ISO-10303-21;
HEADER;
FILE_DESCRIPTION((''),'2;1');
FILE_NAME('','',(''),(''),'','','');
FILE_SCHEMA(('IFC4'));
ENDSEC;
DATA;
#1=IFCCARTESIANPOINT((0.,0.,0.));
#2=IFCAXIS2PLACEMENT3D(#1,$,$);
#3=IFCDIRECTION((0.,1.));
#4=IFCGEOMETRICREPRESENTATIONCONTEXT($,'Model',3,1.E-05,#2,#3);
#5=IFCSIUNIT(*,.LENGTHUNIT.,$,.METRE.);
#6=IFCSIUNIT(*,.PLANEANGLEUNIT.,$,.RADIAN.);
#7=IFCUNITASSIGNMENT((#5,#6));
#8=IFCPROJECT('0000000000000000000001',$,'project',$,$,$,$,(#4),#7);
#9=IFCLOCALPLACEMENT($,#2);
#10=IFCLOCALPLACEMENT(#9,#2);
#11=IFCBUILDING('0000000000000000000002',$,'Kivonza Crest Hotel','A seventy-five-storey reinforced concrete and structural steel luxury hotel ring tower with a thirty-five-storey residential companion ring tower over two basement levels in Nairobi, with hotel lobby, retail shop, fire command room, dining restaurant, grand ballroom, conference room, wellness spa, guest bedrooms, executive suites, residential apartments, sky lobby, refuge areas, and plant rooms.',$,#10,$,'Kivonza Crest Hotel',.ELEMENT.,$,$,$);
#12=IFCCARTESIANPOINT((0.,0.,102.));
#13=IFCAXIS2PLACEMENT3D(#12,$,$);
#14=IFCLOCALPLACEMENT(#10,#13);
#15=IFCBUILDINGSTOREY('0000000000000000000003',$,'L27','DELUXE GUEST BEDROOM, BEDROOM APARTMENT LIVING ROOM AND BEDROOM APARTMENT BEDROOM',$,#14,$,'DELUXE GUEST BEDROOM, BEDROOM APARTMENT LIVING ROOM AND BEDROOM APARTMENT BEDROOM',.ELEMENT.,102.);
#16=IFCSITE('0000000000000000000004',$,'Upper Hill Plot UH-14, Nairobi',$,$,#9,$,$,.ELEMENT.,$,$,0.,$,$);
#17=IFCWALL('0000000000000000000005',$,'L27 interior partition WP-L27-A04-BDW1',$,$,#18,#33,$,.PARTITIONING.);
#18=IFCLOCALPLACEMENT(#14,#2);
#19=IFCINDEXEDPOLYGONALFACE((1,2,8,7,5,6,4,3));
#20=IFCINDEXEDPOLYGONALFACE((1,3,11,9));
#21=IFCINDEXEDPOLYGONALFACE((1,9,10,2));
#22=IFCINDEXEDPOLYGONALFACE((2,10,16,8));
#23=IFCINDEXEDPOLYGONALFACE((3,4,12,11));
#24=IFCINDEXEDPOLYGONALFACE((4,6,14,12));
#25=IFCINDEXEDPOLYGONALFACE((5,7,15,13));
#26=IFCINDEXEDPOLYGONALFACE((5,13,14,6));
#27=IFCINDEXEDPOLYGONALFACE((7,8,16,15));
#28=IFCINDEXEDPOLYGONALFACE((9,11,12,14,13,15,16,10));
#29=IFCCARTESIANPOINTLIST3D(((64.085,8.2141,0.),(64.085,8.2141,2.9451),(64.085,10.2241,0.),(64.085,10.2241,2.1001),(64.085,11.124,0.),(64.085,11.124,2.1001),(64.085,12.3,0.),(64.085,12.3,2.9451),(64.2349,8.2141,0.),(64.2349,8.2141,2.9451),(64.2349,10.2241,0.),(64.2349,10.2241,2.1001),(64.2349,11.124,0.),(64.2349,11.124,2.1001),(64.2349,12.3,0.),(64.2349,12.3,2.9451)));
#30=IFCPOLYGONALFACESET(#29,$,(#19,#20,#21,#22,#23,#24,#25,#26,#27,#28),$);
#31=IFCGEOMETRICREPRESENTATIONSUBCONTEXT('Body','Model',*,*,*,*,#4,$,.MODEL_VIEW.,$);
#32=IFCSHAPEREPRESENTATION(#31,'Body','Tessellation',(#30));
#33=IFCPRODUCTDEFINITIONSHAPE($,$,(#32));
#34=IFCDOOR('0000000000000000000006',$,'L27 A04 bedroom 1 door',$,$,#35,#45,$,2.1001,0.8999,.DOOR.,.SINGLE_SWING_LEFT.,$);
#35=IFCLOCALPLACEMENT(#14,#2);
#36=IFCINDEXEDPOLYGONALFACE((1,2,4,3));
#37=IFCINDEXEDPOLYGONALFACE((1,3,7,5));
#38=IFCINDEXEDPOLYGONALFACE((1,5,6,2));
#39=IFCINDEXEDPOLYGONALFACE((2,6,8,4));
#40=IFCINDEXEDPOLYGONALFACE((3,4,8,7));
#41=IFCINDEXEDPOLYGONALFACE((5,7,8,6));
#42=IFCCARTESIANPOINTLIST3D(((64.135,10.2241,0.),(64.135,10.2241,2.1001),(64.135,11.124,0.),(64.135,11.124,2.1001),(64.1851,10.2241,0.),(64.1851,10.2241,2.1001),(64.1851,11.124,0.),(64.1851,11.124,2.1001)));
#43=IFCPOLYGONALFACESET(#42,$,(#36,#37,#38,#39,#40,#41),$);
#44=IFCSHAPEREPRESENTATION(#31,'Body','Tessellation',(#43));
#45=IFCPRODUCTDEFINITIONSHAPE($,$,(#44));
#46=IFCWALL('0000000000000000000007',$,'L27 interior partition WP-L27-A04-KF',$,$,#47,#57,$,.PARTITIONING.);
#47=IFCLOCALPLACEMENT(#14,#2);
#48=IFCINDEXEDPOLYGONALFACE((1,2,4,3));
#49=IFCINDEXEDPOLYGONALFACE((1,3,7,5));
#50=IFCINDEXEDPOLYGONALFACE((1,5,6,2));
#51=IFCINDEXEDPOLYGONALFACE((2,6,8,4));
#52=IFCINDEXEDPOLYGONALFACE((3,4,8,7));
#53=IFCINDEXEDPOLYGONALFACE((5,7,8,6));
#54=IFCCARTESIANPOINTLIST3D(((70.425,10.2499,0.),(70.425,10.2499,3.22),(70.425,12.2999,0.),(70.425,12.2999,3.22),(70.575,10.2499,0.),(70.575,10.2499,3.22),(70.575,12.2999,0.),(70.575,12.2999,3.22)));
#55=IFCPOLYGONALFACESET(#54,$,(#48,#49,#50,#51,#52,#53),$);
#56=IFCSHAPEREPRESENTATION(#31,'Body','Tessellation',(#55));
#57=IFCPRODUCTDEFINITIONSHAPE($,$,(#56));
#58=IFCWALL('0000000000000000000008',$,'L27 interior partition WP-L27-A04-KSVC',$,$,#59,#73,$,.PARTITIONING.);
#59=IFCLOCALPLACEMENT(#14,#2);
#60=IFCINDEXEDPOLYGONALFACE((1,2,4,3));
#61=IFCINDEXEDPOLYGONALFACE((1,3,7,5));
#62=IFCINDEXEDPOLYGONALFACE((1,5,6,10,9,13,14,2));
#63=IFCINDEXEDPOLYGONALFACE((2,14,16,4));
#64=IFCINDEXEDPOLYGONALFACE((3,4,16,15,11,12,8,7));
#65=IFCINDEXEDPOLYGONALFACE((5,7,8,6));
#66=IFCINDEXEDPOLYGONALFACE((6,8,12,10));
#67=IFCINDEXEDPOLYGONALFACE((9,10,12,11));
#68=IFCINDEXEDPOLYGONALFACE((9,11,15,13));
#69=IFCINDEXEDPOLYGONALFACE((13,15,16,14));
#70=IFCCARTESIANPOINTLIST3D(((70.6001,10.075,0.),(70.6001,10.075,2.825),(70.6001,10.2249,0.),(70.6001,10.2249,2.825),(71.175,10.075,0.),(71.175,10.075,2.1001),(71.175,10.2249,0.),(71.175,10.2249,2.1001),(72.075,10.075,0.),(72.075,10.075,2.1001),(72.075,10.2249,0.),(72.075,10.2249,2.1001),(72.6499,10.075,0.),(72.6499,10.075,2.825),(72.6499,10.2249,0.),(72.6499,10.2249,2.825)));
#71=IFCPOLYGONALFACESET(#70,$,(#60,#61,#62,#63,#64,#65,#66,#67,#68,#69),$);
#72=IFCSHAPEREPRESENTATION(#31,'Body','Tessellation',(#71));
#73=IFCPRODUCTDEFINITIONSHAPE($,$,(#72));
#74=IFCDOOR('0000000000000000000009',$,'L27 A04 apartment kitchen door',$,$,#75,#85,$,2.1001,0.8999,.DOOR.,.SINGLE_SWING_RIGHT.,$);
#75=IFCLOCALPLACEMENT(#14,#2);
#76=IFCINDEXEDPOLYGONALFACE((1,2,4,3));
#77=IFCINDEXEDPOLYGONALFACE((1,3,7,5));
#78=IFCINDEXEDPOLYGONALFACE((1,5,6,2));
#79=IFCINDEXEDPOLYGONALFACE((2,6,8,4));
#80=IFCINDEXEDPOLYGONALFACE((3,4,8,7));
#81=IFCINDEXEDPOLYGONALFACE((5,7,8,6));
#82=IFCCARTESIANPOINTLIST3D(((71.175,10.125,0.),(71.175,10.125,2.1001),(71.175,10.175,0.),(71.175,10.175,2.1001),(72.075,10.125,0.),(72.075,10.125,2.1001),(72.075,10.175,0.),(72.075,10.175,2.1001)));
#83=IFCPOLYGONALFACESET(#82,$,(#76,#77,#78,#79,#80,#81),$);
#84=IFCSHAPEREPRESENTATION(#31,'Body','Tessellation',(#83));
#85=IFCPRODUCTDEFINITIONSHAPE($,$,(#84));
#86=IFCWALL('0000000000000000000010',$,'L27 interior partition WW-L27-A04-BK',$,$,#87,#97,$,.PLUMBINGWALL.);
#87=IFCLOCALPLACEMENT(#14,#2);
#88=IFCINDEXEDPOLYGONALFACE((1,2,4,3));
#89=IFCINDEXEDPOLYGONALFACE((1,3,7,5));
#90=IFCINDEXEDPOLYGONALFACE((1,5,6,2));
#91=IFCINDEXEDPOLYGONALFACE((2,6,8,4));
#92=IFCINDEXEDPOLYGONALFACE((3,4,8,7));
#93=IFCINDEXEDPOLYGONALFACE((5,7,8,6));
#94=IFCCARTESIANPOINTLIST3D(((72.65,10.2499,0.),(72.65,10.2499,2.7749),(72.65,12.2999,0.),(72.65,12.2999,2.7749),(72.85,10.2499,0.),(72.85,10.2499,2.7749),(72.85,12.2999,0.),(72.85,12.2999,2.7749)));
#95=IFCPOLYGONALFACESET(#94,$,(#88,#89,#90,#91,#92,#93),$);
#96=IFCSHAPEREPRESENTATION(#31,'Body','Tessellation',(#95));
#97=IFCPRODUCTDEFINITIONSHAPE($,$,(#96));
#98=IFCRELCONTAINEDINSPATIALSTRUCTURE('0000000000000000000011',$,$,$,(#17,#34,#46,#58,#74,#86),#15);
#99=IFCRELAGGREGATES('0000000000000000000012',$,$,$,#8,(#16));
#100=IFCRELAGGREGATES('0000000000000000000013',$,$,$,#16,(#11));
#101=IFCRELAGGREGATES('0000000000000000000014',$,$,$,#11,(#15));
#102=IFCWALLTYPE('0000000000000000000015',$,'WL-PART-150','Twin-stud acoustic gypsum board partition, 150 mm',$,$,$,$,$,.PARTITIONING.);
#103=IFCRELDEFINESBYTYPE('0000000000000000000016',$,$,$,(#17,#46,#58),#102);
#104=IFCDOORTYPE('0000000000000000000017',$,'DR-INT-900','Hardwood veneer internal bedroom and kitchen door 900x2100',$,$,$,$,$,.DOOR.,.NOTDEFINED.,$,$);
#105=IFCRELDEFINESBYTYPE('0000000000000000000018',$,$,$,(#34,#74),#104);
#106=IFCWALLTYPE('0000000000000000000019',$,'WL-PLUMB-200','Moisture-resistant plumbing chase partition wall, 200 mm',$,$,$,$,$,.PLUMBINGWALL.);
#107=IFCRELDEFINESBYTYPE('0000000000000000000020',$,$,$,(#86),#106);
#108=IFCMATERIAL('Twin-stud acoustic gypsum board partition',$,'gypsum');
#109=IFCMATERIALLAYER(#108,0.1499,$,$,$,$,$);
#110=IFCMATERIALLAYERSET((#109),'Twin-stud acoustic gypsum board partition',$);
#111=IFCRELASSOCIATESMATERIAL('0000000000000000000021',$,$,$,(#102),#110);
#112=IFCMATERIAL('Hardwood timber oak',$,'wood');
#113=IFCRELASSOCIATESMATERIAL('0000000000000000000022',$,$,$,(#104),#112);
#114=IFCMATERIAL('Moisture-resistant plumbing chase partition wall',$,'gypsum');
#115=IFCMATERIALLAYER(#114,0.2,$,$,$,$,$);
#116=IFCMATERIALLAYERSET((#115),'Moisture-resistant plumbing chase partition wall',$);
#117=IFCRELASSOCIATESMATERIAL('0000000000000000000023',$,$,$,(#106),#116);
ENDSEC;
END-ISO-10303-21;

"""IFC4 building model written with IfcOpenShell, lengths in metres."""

from ifc_helpers import new_model, si_unit, direction, frame, frame_2d, origin, place, context, subcontext, project, spatial, rectangle, extrude, material, layer, layer_set, type_object, element, fill, save


model = new_model("IFC4")

# Units and contexts
model_context = context("Model", 3, precision=1e-05, world=origin(), true_north=direction((0.0, 1.0)))
body_context = subcontext(model_context, "Body", "Model", "MODEL_VIEW")
ifc_project = project(units=[si_unit("LENGTHUNIT", "METRE"), si_unit("PLANEANGLEUNIT", "RADIAN")], contexts=[model_context])

# Site, building, storey
site_placement = place(None, origin())
site = spatial("IfcSite", under=ifc_project, at=site_placement, Name="Upper Hill Plot UH-14, Nairobi", CompositionType="ELEMENT", RefElevation=0.0)
building_placement = place(site_placement, origin())
building = spatial("IfcBuilding", under=site, at=building_placement, Name="Kivonza Crest Hotel", Description="A seventy-five-storey reinforced concrete and structural steel luxury hotel ring tower with a thirty-five-storey residential companion ring tower over two basement levels in Nairobi, with hotel lobby, retail shop, fire command room, dining restaurant, grand ballroom, conference room, wellness spa, guest bedrooms, executive suites, residential apartments, sky lobby, refuge areas, and plant rooms.", LongName="Kivonza Crest Hotel", CompositionType="ELEMENT")
storey_placement = place(building_placement, frame((0.0, 0.0, 102.0)))
storey = spatial("IfcBuildingStorey", under=building, at=storey_placement, Name="L27", Description="DELUXE GUEST BEDROOM, BEDROOM APARTMENT LIVING ROOM AND BEDROOM APARTMENT BEDROOM", LongName="DELUXE GUEST BEDROOM, BEDROOM APARTMENT LIVING ROOM AND BEDROOM APARTMENT BEDROOM", CompositionType="ELEMENT", Elevation=102.0)

# Shared definitions
ifc_material_1 = material(Name="Hardwood timber oak", Category="wood")

# Wall, opening, door
ifc_material_2 = material(Name="Twin-stud acoustic gypsum board partition", Category="gypsum")
ifc_layer_1 = layer(ifc_material_2, 0.1499)
ifc_layer_set_1 = layer_set([ifc_layer_1], Name="Twin-stud acoustic gypsum board partition")
wall_type_1 = type_object("IfcWallType", Name="WL-PART-150", Description="Twin-stud acoustic gypsum board partition, 150 mm", PredefinedType="PARTITIONING", material=ifc_layer_set_1)
wall_1_placement = place(storey_placement, frame((64.1599, 8.2141, 0.0), z_axis=(0.0, 0.0, 1.0), x_axis=(0.0, 1.0, 0.0)))
wall_1 = element("IfcWall", 1, at=wall_1_placement, inside=storey, type_object=wall_type_1, Name="L27 interior partition WP-L27-A04-BDW1", PredefinedType="PARTITIONING", context=body_context, shape_type="SweptSolid", body=[
    extrude(rectangle(XDim=4.0859, YDim=0.1499, at=frame_2d((2.043, 0.0))), origin(), (0.0, 0.0, 1.0), 2.9451),
])
opening_1_placement = place(wall_1_placement, frame((2.01, 0.0, 0.0)))
opening_1 = element("IfcOpeningElement", 2, at=opening_1_placement, cuts=wall_1, PredefinedType="OPENING", context=body_context, shape_type="SweptSolid", body=[
    extrude(rectangle(XDim=0.8999, YDim=2.1001, at=frame_2d((0.45, 1.05))), frame((0.0, 0.085, 0.0), z_axis=(0.0, -1.0, 0.0), x_axis=(1.0, 0.0, 0.0)), (0.0, 0.0, 1.0), 0.1699),
])
door_type_1 = type_object("IfcDoorType", Name="DR-INT-900", Description="Hardwood veneer internal bedroom and kitchen door 900x2100", OperationType="NOTDEFINED", PredefinedType="DOOR", material=ifc_material_1)
door_1_placement = place(opening_1_placement, origin())
door_1 = element("IfcDoor", 3, at=door_1_placement, inside=storey, type_object=door_type_1, Name="L27 A04 bedroom 1 door", OperationType="SINGLE_SWING_LEFT", OverallHeight=2.1001, OverallWidth=0.8999, PredefinedType="DOOR", context=body_context, shape_type="SweptSolid", body=[
    extrude(rectangle(XDim=0.8999, YDim=2.1001, at=frame_2d((0.45, 1.05))), frame((0.0, 0.0249, 0.0), z_axis=(0.0, -1.0, 0.0), x_axis=(1.0, 0.0, 0.0)), (0.0, 0.0, 1.0), 0.05),
])
fill(opening_1, door_1)

# Wall
wall_2_placement = place(storey_placement, frame((70.5, 10.25, 0.0), z_axis=(0.0, 0.0, 1.0), x_axis=(0.0, 1.0, 0.0)))
element("IfcWall", 4, at=wall_2_placement, inside=storey, type_object=wall_type_1, Name="L27 interior partition WP-L27-A04-KF", PredefinedType="PARTITIONING", context=body_context, shape_type="SweptSolid", body=[
    extrude(rectangle(XDim=2.05, YDim=0.1499, at=frame_2d((1.0249, 0.0))), origin(), (0.0, 0.0, 1.0), 3.22),
])

# Wall, opening, door
wall_3_placement = place(storey_placement, frame((70.6001, 10.1499, 0.0), z_axis=(0.0, 0.0, 1.0), x_axis=(1.0, 0.0, 0.0)))
wall_3 = element("IfcWall", 5, at=wall_3_placement, inside=storey, type_object=wall_type_1, Name="L27 interior partition WP-L27-A04-KSVC", PredefinedType="PARTITIONING", context=body_context, shape_type="SweptSolid", body=[
    extrude(rectangle(XDim=2.0498, YDim=0.1499, at=frame_2d((1.0249, 0.0))), origin(), (0.0, 0.0, 1.0), 2.825),
])
opening_2_placement = place(wall_3_placement, frame((0.575, 0.0, 0.0)))
opening_2 = element("IfcOpeningElement", 6, at=opening_2_placement, cuts=wall_3, PredefinedType="OPENING", context=body_context, shape_type="SweptSolid", body=[
    extrude(rectangle(XDim=0.8999, YDim=2.1001, at=frame_2d((0.45, 1.05))), frame((0.0, 0.085, 0.0), z_axis=(0.0, -1.0, 0.0), x_axis=(1.0, 0.0, 0.0)), (0.0, 0.0, 1.0), 0.1699),
])
door_2_placement = place(opening_2_placement, frame((0.8999, 0.0, 0.0), z_axis=(0.0, 0.0, 1.0), x_axis=(-1.0, 0.0, 0.0)))
door_2 = element("IfcDoor", 7, at=door_2_placement, inside=storey, type_object=door_type_1, Name="L27 A04 apartment kitchen door", OperationType="SINGLE_SWING_RIGHT", OverallHeight=2.1001, OverallWidth=0.8999, PredefinedType="DOOR", context=body_context, shape_type="SweptSolid", body=[
    extrude(rectangle(XDim=0.8999, YDim=2.1001, at=frame_2d((0.45, 1.05))), frame((0.0, 0.0249, 0.0), z_axis=(0.0, -1.0, 0.0), x_axis=(1.0, 0.0, 0.0)), (0.0, 0.0, 1.0), 0.05),
])
fill(opening_2, door_2)

# Wall
ifc_material_3 = material(Name="Moisture-resistant plumbing chase partition wall", Category="gypsum")
ifc_layer_2 = layer(ifc_material_3, 0.2)
ifc_layer_set_2 = layer_set([ifc_layer_2], Name="Moisture-resistant plumbing chase partition wall")
wall_type_2 = type_object("IfcWallType", Name="WL-PLUMB-200", Description="Moisture-resistant plumbing chase partition wall, 200 mm", PredefinedType="PLUMBINGWALL", material=ifc_layer_set_2)
wall_4_placement = place(storey_placement, frame((72.75, 10.25, 0.0), z_axis=(0.0, 0.0, 1.0), x_axis=(0.0, 1.0, 0.0)))
element("IfcWall", 8, at=wall_4_placement, inside=storey, type_object=wall_type_2, Name="L27 interior partition WW-L27-A04-BK", PredefinedType="PLUMBINGWALL", context=body_context, shape_type="SweptSolid", body=[
    extrude(rectangle(XDim=2.05, YDim=0.2, at=frame_2d((1.0249, 0.0))), origin(), (0.0, 0.0, 1.0), 2.7749),
])

save(model, "model.ifc")
